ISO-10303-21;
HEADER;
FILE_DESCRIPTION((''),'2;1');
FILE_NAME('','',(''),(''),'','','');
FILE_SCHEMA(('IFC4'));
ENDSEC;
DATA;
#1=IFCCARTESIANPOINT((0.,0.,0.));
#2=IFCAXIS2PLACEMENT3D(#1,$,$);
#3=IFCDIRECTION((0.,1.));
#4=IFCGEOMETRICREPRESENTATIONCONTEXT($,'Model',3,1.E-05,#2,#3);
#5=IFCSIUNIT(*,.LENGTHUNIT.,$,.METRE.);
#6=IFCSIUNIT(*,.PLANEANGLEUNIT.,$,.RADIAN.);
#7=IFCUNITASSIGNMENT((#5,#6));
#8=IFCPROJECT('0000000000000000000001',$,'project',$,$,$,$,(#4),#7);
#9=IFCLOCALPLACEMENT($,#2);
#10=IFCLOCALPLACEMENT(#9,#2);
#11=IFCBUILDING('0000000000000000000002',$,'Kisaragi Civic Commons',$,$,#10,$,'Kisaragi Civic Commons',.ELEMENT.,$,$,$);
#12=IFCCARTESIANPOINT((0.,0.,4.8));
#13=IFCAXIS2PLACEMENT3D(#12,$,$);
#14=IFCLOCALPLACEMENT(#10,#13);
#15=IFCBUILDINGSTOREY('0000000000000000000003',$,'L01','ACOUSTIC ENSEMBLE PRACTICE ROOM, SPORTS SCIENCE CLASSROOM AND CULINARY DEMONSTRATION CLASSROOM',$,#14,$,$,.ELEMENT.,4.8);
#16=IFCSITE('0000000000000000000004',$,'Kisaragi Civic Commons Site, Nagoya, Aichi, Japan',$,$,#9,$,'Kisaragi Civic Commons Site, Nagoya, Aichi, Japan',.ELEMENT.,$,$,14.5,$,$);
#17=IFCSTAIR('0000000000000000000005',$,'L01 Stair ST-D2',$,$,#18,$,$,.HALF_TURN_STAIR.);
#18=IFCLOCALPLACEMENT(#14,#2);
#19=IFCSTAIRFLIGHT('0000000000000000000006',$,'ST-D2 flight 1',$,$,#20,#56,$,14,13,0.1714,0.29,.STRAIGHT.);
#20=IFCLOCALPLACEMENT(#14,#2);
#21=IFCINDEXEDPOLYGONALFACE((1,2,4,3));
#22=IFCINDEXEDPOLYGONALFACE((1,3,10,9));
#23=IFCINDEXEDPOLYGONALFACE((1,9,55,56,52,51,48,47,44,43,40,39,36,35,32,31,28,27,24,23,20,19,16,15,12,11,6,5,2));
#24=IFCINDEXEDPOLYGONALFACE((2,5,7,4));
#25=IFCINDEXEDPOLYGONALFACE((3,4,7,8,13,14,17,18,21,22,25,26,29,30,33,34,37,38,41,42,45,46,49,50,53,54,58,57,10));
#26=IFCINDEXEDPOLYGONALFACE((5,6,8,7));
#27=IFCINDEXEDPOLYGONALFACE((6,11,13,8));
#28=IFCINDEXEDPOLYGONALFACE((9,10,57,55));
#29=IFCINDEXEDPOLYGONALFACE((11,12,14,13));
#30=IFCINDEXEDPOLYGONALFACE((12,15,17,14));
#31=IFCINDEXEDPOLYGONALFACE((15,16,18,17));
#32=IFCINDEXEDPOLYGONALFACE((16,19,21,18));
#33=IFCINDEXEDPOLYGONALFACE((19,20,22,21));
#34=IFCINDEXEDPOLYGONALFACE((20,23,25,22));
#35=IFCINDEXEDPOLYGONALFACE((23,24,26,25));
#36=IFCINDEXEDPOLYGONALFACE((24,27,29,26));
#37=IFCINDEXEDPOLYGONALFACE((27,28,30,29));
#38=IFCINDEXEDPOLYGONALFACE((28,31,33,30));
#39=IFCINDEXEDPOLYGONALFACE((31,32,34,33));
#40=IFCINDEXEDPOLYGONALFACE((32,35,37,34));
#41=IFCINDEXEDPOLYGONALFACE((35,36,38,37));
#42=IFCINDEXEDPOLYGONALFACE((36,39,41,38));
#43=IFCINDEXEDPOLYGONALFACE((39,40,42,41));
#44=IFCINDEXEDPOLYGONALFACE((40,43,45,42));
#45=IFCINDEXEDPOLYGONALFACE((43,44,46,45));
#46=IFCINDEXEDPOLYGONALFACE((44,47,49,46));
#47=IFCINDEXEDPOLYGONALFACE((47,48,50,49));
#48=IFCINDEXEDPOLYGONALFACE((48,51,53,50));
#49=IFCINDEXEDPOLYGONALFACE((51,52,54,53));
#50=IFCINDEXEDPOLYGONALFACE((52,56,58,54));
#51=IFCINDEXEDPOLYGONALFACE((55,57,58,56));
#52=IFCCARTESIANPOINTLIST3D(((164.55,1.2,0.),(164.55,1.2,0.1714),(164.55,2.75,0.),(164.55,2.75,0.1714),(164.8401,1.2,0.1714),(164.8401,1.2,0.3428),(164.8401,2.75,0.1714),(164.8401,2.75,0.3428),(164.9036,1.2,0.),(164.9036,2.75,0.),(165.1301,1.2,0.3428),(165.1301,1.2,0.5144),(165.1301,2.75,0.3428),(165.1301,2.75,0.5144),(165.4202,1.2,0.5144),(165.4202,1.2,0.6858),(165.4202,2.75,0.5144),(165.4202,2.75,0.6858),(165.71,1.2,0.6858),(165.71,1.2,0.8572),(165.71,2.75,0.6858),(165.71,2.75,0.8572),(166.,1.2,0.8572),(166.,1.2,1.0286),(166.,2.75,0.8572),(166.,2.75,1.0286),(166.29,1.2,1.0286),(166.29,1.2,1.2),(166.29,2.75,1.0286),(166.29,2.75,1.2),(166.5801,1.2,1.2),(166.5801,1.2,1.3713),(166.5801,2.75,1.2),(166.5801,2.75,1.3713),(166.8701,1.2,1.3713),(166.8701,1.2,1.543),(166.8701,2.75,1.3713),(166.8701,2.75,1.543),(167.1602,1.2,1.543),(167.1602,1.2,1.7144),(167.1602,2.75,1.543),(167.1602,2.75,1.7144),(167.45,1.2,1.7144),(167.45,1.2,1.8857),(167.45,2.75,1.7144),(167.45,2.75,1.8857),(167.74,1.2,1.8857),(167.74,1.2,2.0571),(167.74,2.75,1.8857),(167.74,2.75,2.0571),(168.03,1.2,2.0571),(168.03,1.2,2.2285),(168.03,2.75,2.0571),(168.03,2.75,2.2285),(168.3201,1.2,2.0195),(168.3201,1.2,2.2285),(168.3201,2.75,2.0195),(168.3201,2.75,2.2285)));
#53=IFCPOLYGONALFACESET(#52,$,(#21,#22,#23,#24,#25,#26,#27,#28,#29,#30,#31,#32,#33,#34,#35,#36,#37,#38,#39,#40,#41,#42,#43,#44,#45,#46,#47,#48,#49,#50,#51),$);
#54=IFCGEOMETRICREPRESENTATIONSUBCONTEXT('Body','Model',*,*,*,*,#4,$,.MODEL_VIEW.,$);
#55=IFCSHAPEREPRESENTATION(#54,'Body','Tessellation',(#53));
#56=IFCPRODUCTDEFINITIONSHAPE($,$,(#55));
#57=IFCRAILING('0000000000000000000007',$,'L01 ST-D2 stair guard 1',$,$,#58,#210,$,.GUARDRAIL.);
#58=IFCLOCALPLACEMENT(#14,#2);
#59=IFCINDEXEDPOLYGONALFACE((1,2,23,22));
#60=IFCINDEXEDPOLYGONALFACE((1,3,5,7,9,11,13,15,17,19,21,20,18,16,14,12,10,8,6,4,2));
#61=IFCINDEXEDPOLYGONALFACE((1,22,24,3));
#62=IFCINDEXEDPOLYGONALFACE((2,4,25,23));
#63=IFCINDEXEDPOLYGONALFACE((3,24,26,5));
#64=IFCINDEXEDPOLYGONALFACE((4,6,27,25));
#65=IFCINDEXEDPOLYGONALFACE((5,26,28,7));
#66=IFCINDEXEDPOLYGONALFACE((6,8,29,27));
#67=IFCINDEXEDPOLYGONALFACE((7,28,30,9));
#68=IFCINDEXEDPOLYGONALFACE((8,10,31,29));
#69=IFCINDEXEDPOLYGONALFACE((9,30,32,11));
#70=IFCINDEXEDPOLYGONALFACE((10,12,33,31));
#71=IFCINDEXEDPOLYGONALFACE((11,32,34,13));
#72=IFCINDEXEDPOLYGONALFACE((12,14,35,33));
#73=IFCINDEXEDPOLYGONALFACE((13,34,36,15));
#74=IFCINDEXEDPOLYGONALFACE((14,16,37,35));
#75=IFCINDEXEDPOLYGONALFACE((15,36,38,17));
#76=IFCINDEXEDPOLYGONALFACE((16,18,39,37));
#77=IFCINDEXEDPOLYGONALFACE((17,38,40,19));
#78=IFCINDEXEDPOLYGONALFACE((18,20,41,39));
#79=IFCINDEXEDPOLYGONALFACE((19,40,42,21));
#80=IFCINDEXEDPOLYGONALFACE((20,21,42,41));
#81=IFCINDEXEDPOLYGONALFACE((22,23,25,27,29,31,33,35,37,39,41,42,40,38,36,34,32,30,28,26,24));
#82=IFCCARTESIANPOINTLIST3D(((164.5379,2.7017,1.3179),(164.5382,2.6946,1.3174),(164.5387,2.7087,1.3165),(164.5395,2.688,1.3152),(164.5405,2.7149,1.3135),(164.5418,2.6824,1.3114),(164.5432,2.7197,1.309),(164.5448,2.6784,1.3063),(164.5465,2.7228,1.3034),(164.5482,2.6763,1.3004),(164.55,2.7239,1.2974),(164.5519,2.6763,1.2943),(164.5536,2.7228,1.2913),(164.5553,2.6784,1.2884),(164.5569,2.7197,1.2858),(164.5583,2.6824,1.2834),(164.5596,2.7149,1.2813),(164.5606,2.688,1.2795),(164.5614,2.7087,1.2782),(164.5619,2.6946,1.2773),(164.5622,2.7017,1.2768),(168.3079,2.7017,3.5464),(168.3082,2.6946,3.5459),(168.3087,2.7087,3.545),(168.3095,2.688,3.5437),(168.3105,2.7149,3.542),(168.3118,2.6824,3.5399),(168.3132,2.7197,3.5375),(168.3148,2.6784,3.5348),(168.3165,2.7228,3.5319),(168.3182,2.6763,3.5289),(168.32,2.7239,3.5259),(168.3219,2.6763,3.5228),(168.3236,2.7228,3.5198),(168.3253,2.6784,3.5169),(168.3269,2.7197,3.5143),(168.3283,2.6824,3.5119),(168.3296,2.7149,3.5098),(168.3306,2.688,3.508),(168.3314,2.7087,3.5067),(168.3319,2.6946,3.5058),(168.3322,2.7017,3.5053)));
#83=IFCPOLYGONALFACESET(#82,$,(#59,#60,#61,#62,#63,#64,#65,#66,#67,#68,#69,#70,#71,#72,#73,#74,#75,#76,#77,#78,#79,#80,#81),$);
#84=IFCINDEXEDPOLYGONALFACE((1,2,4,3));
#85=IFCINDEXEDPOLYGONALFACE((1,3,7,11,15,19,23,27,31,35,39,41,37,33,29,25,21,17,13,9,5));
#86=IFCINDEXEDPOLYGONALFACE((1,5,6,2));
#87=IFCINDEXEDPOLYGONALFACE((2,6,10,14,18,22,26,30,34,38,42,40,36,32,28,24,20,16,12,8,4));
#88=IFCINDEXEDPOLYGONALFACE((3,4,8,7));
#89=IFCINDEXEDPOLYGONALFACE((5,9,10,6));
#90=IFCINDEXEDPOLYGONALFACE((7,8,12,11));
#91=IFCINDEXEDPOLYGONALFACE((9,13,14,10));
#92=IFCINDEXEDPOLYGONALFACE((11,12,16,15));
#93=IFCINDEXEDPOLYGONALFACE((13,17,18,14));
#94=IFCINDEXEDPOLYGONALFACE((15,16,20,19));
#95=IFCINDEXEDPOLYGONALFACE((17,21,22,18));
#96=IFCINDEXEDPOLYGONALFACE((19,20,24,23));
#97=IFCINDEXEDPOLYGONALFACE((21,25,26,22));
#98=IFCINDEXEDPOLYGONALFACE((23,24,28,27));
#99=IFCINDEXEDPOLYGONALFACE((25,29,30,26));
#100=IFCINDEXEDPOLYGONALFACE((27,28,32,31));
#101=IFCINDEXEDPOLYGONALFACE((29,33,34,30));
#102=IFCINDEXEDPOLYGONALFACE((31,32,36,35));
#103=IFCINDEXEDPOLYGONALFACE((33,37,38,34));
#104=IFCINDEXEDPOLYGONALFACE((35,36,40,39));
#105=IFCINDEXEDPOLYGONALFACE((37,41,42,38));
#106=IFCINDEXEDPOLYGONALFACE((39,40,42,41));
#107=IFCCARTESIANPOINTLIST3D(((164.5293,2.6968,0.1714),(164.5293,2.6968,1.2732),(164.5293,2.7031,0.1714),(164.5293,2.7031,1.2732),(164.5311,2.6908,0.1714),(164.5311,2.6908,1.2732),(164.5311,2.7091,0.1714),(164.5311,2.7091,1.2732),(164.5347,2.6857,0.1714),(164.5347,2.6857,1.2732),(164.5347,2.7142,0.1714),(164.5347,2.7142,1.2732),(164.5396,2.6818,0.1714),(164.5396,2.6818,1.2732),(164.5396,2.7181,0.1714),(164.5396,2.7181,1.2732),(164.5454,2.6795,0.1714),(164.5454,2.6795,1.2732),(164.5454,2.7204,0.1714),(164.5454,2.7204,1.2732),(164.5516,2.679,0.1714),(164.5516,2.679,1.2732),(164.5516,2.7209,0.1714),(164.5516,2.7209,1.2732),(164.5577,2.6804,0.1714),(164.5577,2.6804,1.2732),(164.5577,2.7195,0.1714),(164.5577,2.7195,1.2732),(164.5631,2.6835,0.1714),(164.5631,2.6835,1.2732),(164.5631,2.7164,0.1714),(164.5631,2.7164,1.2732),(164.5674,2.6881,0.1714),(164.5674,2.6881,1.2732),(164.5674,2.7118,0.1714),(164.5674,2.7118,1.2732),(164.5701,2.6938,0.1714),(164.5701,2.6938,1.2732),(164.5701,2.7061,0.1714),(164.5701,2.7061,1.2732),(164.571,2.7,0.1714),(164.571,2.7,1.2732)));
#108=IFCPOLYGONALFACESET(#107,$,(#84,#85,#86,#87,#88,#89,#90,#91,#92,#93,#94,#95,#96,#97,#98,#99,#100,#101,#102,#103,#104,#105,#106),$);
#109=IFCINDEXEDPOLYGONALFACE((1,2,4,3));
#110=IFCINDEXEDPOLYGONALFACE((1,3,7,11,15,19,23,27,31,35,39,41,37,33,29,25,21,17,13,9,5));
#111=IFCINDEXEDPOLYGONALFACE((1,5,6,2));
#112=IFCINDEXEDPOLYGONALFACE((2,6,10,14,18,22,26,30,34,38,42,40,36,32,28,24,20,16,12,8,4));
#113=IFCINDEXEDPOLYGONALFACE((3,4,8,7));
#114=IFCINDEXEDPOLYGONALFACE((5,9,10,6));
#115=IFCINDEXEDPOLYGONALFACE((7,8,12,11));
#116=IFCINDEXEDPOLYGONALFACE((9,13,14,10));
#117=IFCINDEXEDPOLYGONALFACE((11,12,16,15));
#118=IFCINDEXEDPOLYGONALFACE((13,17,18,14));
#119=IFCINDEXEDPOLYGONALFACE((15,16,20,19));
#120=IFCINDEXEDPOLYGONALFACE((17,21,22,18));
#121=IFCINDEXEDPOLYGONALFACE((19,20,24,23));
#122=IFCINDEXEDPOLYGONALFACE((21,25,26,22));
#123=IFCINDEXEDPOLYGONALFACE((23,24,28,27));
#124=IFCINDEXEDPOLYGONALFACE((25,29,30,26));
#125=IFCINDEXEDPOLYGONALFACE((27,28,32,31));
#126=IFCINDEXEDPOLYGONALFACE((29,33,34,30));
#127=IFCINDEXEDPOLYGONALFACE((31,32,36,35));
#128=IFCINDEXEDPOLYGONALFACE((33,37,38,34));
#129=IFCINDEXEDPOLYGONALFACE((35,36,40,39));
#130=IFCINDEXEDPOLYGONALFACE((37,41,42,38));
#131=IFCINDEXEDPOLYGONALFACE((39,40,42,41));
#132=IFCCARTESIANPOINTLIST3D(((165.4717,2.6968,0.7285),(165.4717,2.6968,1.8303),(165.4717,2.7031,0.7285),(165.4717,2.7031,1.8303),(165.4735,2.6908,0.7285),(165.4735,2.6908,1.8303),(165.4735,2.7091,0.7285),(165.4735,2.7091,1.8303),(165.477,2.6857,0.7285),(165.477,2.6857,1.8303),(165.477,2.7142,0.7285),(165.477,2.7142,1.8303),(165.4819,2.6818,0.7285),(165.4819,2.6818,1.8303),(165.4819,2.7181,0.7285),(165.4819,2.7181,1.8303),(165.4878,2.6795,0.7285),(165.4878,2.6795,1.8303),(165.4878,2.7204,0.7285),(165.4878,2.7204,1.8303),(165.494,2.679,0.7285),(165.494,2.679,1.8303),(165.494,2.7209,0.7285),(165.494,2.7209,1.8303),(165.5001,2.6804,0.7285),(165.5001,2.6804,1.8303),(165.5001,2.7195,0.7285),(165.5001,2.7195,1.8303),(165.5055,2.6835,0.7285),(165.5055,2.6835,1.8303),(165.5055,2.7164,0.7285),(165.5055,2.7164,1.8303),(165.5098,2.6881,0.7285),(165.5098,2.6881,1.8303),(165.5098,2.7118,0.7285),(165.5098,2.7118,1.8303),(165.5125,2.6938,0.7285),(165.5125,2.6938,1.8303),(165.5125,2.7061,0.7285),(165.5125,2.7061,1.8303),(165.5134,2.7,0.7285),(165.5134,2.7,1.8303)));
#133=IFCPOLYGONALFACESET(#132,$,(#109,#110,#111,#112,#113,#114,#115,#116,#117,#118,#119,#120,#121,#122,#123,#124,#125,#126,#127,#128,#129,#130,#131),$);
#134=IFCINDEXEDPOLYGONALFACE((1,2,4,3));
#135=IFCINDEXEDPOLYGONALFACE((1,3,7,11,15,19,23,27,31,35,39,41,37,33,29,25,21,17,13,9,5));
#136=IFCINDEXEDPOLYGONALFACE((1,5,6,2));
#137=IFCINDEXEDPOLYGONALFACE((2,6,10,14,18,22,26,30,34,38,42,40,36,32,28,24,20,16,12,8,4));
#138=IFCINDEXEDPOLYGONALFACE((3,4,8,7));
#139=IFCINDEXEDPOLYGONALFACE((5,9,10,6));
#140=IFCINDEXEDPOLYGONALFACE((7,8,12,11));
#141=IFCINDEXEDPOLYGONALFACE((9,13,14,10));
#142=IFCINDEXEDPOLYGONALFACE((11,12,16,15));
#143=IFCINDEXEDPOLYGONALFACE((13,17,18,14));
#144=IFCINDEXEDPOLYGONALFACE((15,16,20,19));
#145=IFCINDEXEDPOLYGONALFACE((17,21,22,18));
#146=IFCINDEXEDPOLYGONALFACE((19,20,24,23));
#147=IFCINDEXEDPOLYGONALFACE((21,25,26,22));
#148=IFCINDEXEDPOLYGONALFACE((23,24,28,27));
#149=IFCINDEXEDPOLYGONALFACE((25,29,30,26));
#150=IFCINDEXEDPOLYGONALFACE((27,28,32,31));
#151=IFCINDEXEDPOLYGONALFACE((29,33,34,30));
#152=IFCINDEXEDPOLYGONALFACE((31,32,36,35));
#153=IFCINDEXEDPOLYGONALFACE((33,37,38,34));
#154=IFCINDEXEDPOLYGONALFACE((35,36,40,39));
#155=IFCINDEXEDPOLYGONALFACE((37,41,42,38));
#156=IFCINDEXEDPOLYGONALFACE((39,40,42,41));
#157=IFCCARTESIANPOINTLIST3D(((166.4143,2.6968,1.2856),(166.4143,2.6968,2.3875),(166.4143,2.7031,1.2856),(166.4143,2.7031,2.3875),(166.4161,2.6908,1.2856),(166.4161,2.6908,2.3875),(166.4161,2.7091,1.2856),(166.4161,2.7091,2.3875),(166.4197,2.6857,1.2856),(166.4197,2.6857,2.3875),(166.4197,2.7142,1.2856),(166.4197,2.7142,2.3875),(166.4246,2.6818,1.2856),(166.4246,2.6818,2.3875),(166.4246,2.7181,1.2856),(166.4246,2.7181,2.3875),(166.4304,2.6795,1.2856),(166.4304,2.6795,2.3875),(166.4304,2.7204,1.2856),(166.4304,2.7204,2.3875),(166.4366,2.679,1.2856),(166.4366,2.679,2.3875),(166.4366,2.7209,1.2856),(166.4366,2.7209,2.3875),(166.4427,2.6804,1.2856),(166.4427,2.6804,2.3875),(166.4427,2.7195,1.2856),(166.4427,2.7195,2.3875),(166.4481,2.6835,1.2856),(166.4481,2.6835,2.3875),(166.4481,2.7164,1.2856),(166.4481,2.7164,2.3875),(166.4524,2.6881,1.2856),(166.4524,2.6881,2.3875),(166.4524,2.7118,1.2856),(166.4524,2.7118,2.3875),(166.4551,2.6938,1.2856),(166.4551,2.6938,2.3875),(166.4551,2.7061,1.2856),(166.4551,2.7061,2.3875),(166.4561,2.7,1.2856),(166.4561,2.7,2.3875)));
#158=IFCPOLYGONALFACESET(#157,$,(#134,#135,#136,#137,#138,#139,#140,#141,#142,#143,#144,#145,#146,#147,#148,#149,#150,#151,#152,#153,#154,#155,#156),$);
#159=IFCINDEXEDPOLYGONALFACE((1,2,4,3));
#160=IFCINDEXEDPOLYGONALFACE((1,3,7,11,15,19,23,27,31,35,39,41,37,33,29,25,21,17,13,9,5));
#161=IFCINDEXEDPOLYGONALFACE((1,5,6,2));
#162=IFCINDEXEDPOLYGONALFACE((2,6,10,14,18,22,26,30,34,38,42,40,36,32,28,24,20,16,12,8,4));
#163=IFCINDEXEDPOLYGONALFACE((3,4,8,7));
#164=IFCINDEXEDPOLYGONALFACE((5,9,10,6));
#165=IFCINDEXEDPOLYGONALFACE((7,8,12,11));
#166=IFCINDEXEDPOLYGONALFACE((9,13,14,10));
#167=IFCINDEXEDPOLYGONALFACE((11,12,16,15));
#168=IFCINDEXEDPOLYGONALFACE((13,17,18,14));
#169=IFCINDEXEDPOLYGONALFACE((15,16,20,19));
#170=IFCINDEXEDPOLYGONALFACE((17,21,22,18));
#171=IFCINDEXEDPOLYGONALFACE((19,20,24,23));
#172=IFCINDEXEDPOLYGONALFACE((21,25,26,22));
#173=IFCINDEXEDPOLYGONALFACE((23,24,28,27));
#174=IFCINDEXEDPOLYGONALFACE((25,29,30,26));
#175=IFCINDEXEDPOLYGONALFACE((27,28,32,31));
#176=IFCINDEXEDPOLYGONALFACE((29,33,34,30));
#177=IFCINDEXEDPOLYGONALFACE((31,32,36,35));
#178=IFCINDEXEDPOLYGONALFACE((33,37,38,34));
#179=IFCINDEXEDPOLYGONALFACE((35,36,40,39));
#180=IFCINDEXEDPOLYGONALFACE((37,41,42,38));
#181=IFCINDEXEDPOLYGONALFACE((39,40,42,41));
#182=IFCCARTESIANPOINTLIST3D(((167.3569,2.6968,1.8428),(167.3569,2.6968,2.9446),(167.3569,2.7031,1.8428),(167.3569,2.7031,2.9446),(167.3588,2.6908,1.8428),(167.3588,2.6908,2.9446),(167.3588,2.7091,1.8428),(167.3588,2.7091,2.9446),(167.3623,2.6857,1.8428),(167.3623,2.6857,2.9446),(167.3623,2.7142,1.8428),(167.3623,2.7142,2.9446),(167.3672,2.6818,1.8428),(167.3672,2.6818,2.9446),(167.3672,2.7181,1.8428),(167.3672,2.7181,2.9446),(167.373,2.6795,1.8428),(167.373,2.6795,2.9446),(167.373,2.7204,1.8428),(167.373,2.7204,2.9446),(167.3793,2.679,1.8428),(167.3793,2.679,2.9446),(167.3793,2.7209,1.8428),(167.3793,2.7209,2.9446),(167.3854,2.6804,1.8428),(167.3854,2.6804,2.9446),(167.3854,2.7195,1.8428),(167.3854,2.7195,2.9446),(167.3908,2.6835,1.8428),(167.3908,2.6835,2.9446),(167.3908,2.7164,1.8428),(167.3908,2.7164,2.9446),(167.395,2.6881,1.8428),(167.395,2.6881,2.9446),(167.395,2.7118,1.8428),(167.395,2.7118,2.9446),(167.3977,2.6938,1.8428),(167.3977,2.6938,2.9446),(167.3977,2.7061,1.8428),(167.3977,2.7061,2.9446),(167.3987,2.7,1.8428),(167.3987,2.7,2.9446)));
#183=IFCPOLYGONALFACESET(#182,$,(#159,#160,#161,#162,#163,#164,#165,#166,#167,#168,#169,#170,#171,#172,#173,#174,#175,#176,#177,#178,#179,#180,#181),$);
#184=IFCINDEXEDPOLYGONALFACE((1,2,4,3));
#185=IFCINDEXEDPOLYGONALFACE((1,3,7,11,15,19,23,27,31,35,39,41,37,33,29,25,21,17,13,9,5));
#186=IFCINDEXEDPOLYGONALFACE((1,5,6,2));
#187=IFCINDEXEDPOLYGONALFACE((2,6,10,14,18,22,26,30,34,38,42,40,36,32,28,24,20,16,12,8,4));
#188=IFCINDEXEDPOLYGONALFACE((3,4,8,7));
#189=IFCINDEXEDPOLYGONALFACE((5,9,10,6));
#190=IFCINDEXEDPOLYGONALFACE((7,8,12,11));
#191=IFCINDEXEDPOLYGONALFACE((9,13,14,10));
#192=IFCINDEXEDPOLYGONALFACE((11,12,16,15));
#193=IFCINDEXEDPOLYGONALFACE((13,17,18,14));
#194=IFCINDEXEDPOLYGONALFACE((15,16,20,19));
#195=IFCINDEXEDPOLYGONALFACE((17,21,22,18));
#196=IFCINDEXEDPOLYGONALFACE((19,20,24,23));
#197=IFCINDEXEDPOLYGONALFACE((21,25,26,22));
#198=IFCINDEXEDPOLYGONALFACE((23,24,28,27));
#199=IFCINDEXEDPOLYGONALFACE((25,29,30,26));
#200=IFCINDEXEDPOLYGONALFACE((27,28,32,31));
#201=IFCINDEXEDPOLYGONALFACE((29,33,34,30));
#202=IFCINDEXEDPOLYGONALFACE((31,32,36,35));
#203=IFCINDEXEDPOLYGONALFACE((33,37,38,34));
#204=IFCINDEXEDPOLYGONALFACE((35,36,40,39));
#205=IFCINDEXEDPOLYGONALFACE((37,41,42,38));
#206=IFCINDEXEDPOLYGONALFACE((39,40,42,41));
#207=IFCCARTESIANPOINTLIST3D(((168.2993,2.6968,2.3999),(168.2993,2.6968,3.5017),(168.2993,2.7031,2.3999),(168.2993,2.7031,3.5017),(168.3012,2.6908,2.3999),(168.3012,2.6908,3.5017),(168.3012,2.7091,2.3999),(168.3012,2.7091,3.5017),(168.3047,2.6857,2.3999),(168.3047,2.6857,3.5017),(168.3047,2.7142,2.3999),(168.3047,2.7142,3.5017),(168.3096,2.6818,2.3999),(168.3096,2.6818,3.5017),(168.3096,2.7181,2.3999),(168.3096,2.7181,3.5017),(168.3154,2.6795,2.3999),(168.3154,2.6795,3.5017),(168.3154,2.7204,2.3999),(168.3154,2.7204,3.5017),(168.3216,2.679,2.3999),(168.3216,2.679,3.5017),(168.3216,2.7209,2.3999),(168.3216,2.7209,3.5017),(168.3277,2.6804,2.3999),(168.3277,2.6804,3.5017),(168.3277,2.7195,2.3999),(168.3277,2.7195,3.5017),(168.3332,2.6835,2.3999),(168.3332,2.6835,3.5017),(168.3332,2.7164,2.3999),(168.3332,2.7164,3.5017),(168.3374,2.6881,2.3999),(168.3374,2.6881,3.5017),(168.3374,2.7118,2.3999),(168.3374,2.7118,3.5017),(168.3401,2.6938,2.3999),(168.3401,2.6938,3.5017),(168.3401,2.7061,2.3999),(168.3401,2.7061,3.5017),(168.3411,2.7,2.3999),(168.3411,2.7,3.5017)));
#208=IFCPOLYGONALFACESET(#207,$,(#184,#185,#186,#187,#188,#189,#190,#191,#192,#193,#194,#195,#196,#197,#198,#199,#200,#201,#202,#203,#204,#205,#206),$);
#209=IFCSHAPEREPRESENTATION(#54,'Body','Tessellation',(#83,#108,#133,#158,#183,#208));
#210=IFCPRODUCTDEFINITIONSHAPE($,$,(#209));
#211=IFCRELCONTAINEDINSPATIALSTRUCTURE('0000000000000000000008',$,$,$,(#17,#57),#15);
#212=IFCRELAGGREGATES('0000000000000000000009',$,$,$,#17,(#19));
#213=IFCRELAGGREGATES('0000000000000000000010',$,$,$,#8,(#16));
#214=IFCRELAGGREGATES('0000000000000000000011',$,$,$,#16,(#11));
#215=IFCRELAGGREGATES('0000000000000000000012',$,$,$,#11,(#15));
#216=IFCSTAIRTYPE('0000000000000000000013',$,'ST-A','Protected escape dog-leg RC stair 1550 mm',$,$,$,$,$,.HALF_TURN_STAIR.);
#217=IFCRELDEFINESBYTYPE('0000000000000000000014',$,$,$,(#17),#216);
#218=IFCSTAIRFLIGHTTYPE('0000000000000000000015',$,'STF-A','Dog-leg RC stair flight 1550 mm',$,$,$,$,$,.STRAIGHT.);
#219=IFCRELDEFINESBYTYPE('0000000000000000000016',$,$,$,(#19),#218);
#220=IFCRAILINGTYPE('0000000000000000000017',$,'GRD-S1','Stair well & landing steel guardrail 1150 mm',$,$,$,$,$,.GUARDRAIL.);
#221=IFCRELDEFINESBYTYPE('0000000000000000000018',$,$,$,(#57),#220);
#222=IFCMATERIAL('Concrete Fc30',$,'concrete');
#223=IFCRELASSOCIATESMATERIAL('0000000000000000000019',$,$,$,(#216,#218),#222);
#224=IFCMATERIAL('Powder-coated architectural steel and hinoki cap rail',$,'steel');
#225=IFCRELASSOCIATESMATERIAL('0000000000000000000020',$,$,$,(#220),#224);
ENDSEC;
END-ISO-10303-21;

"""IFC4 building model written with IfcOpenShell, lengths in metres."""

from ifc_helpers import new_model, si_unit, direction, frame, origin, origin_2d, place, context, subcontext, project, spatial, polyline, circle, outline, extrude, material, type_object, element, aggregate, save


model = new_model("IFC4")

# Units and contexts
model_context = context("Model", 3, precision=1e-05, world=origin(), true_north=direction((0.0, 1.0)))
body_context = subcontext(model_context, "Body", "Model", "MODEL_VIEW")
ifc_project = project(units=[si_unit("LENGTHUNIT", "METRE"), si_unit("PLANEANGLEUNIT", "RADIAN")], contexts=[model_context])

# Site, building, storey
site_placement = place(None, origin())
site = spatial("IfcSite", under=ifc_project, at=site_placement, Name="Kisaragi Civic Commons Site, Nagoya, Aichi, Japan", LongName="Kisaragi Civic Commons Site, Nagoya, Aichi, Japan", CompositionType="ELEMENT", RefElevation=14.5)
building_placement = place(site_placement, origin())
building = spatial("IfcBuilding", under=site, at=building_placement, Name="Kisaragi Civic Commons", LongName="Kisaragi Civic Commons", CompositionType="ELEMENT")
storey_placement = place(building_placement, frame((0.0, 0.0, 4.8)))
storey = spatial("IfcBuildingStorey", under=building, at=storey_placement, Name="L01", Description="ACOUSTIC ENSEMBLE PRACTICE ROOM, SPORTS SCIENCE CLASSROOM AND CULINARY DEMONSTRATION CLASSROOM", CompositionType="ELEMENT", Elevation=4.8)

# Shared definitions
ifc_material_1 = material(Name="Concrete Fc30", Category="concrete")

# Stair, stair flight
stair_type = type_object("IfcStairType", Name="ST-A", Description="Protected escape dog-leg RC stair 1550 mm", PredefinedType="HALF_TURN_STAIR", material=ifc_material_1)
stair_placement = place(storey_placement, origin())
stair = element("IfcStair", 1, at=stair_placement, inside=storey, type_object=stair_type, Name="L01 Stair ST-D2", PredefinedType="HALF_TURN_STAIR")
stair_flight_type = type_object("IfcStairFlightType", Name="STF-A", Description="Dog-leg RC stair flight 1550 mm", PredefinedType="STRAIGHT", material=ifc_material_1)
stair_flight_placement = place(storey_placement, frame((164.55, 1.9751, 0.0), z_axis=(0.0, 0.0, 1.0), x_axis=(1.0, 0.0, 0.0)))
stair_flight = element("IfcStairFlight", 2, at=stair_flight_placement, type_object=stair_flight_type, Name="ST-D2 flight 1", NumberOfRisers=14, NumberOfTreads=13, PredefinedType="STRAIGHT", RiserHeight=0.1714, TreadLength=0.29, context=body_context, shape_type="SweptSolid", body=[
    extrude(outline(polyline([(0.0, 0.0), (0.0, 0.1714), (0.29, 0.1714), (0.29, 0.3428), (0.5801, 0.3428), (0.5801, 0.5144), (0.8701, 0.5144), (0.8701, 0.6858), (1.1599, 0.6858), (1.1599, 0.8572), (1.45, 0.8572), (1.45, 1.0286), (1.74, 1.0286), (1.74, 1.2), (2.03, 1.2), (2.03, 1.3713), (2.3201, 1.3713), (2.3201, 1.543), (2.6101, 1.543), (2.6101, 1.7144), (2.8999, 1.7144), (2.8999, 1.8857), (3.1899, 1.8857), (3.1899, 2.0571), (3.48, 2.0571), (3.48, 2.2285), (3.77, 2.2285), (3.77, 2.3999), (3.77, 2.0195), (0.3535, 0.0), (0.0, 0.0)])), frame((0.0, 0.7749, 0.0), z_axis=(0.0, -1.0, 0.0), x_axis=(1.0, 0.0, 0.0)), (0.0, 0.0, 1.0), 1.55),
])
aggregate(stair, [stair_flight])

# Railing
ifc_material_2 = material(Name="Powder-coated architectural steel and hinoki cap rail", Category="steel")
railing_type_1 = type_object("IfcRailingType", Name="GRD-S1", Description="Stair well & landing steel guardrail 1150 mm", PredefinedType="GUARDRAIL", material=ifc_material_2)
railing_1_placement = place(storey_placement, frame((164.55, 2.7, 0.1714)))
element("IfcRailing", 3, at=railing_1_placement, inside=storey, type_object=railing_type_1, Name="L01 ST-D2 stair guard 1", PredefinedType="GUARDRAIL", context=body_context, shape_type="SweptSolid", body=[
    extrude(circle(Radius=0.0239, at=origin_2d()), frame((0.0, 0.0, 1.126), z_axis=(0.860849, 0.0, 0.508861), x_axis=(0.0, 1.0, 0.0)), (0.0, 0.0, 1.0), 4.3794),
    extrude(circle(Radius=0.021, at=origin_2d()), origin(), (0.0, 0.0, 1.0), 1.1018),
    extrude(circle(Radius=0.021, at=origin_2d()), frame((0.9424, 0.0, 0.5571)), (0.0, 0.0, 1.0), 1.1018),
    extrude(circle(Radius=0.021, at=origin_2d()), frame((1.885, 0.0, 1.1143)), (0.0, 0.0, 1.0), 1.1018),
    extrude(circle(Radius=0.021, at=origin_2d()), frame((2.8276, 0.0, 1.6714)), (0.0, 0.0, 1.0), 1.1018),
    extrude(circle(Radius=0.021, at=origin_2d()), frame((3.77, 0.0, 2.2285)), (0.0, 0.0, 1.0), 1.1018),
])

save(model, "model.ifc")
